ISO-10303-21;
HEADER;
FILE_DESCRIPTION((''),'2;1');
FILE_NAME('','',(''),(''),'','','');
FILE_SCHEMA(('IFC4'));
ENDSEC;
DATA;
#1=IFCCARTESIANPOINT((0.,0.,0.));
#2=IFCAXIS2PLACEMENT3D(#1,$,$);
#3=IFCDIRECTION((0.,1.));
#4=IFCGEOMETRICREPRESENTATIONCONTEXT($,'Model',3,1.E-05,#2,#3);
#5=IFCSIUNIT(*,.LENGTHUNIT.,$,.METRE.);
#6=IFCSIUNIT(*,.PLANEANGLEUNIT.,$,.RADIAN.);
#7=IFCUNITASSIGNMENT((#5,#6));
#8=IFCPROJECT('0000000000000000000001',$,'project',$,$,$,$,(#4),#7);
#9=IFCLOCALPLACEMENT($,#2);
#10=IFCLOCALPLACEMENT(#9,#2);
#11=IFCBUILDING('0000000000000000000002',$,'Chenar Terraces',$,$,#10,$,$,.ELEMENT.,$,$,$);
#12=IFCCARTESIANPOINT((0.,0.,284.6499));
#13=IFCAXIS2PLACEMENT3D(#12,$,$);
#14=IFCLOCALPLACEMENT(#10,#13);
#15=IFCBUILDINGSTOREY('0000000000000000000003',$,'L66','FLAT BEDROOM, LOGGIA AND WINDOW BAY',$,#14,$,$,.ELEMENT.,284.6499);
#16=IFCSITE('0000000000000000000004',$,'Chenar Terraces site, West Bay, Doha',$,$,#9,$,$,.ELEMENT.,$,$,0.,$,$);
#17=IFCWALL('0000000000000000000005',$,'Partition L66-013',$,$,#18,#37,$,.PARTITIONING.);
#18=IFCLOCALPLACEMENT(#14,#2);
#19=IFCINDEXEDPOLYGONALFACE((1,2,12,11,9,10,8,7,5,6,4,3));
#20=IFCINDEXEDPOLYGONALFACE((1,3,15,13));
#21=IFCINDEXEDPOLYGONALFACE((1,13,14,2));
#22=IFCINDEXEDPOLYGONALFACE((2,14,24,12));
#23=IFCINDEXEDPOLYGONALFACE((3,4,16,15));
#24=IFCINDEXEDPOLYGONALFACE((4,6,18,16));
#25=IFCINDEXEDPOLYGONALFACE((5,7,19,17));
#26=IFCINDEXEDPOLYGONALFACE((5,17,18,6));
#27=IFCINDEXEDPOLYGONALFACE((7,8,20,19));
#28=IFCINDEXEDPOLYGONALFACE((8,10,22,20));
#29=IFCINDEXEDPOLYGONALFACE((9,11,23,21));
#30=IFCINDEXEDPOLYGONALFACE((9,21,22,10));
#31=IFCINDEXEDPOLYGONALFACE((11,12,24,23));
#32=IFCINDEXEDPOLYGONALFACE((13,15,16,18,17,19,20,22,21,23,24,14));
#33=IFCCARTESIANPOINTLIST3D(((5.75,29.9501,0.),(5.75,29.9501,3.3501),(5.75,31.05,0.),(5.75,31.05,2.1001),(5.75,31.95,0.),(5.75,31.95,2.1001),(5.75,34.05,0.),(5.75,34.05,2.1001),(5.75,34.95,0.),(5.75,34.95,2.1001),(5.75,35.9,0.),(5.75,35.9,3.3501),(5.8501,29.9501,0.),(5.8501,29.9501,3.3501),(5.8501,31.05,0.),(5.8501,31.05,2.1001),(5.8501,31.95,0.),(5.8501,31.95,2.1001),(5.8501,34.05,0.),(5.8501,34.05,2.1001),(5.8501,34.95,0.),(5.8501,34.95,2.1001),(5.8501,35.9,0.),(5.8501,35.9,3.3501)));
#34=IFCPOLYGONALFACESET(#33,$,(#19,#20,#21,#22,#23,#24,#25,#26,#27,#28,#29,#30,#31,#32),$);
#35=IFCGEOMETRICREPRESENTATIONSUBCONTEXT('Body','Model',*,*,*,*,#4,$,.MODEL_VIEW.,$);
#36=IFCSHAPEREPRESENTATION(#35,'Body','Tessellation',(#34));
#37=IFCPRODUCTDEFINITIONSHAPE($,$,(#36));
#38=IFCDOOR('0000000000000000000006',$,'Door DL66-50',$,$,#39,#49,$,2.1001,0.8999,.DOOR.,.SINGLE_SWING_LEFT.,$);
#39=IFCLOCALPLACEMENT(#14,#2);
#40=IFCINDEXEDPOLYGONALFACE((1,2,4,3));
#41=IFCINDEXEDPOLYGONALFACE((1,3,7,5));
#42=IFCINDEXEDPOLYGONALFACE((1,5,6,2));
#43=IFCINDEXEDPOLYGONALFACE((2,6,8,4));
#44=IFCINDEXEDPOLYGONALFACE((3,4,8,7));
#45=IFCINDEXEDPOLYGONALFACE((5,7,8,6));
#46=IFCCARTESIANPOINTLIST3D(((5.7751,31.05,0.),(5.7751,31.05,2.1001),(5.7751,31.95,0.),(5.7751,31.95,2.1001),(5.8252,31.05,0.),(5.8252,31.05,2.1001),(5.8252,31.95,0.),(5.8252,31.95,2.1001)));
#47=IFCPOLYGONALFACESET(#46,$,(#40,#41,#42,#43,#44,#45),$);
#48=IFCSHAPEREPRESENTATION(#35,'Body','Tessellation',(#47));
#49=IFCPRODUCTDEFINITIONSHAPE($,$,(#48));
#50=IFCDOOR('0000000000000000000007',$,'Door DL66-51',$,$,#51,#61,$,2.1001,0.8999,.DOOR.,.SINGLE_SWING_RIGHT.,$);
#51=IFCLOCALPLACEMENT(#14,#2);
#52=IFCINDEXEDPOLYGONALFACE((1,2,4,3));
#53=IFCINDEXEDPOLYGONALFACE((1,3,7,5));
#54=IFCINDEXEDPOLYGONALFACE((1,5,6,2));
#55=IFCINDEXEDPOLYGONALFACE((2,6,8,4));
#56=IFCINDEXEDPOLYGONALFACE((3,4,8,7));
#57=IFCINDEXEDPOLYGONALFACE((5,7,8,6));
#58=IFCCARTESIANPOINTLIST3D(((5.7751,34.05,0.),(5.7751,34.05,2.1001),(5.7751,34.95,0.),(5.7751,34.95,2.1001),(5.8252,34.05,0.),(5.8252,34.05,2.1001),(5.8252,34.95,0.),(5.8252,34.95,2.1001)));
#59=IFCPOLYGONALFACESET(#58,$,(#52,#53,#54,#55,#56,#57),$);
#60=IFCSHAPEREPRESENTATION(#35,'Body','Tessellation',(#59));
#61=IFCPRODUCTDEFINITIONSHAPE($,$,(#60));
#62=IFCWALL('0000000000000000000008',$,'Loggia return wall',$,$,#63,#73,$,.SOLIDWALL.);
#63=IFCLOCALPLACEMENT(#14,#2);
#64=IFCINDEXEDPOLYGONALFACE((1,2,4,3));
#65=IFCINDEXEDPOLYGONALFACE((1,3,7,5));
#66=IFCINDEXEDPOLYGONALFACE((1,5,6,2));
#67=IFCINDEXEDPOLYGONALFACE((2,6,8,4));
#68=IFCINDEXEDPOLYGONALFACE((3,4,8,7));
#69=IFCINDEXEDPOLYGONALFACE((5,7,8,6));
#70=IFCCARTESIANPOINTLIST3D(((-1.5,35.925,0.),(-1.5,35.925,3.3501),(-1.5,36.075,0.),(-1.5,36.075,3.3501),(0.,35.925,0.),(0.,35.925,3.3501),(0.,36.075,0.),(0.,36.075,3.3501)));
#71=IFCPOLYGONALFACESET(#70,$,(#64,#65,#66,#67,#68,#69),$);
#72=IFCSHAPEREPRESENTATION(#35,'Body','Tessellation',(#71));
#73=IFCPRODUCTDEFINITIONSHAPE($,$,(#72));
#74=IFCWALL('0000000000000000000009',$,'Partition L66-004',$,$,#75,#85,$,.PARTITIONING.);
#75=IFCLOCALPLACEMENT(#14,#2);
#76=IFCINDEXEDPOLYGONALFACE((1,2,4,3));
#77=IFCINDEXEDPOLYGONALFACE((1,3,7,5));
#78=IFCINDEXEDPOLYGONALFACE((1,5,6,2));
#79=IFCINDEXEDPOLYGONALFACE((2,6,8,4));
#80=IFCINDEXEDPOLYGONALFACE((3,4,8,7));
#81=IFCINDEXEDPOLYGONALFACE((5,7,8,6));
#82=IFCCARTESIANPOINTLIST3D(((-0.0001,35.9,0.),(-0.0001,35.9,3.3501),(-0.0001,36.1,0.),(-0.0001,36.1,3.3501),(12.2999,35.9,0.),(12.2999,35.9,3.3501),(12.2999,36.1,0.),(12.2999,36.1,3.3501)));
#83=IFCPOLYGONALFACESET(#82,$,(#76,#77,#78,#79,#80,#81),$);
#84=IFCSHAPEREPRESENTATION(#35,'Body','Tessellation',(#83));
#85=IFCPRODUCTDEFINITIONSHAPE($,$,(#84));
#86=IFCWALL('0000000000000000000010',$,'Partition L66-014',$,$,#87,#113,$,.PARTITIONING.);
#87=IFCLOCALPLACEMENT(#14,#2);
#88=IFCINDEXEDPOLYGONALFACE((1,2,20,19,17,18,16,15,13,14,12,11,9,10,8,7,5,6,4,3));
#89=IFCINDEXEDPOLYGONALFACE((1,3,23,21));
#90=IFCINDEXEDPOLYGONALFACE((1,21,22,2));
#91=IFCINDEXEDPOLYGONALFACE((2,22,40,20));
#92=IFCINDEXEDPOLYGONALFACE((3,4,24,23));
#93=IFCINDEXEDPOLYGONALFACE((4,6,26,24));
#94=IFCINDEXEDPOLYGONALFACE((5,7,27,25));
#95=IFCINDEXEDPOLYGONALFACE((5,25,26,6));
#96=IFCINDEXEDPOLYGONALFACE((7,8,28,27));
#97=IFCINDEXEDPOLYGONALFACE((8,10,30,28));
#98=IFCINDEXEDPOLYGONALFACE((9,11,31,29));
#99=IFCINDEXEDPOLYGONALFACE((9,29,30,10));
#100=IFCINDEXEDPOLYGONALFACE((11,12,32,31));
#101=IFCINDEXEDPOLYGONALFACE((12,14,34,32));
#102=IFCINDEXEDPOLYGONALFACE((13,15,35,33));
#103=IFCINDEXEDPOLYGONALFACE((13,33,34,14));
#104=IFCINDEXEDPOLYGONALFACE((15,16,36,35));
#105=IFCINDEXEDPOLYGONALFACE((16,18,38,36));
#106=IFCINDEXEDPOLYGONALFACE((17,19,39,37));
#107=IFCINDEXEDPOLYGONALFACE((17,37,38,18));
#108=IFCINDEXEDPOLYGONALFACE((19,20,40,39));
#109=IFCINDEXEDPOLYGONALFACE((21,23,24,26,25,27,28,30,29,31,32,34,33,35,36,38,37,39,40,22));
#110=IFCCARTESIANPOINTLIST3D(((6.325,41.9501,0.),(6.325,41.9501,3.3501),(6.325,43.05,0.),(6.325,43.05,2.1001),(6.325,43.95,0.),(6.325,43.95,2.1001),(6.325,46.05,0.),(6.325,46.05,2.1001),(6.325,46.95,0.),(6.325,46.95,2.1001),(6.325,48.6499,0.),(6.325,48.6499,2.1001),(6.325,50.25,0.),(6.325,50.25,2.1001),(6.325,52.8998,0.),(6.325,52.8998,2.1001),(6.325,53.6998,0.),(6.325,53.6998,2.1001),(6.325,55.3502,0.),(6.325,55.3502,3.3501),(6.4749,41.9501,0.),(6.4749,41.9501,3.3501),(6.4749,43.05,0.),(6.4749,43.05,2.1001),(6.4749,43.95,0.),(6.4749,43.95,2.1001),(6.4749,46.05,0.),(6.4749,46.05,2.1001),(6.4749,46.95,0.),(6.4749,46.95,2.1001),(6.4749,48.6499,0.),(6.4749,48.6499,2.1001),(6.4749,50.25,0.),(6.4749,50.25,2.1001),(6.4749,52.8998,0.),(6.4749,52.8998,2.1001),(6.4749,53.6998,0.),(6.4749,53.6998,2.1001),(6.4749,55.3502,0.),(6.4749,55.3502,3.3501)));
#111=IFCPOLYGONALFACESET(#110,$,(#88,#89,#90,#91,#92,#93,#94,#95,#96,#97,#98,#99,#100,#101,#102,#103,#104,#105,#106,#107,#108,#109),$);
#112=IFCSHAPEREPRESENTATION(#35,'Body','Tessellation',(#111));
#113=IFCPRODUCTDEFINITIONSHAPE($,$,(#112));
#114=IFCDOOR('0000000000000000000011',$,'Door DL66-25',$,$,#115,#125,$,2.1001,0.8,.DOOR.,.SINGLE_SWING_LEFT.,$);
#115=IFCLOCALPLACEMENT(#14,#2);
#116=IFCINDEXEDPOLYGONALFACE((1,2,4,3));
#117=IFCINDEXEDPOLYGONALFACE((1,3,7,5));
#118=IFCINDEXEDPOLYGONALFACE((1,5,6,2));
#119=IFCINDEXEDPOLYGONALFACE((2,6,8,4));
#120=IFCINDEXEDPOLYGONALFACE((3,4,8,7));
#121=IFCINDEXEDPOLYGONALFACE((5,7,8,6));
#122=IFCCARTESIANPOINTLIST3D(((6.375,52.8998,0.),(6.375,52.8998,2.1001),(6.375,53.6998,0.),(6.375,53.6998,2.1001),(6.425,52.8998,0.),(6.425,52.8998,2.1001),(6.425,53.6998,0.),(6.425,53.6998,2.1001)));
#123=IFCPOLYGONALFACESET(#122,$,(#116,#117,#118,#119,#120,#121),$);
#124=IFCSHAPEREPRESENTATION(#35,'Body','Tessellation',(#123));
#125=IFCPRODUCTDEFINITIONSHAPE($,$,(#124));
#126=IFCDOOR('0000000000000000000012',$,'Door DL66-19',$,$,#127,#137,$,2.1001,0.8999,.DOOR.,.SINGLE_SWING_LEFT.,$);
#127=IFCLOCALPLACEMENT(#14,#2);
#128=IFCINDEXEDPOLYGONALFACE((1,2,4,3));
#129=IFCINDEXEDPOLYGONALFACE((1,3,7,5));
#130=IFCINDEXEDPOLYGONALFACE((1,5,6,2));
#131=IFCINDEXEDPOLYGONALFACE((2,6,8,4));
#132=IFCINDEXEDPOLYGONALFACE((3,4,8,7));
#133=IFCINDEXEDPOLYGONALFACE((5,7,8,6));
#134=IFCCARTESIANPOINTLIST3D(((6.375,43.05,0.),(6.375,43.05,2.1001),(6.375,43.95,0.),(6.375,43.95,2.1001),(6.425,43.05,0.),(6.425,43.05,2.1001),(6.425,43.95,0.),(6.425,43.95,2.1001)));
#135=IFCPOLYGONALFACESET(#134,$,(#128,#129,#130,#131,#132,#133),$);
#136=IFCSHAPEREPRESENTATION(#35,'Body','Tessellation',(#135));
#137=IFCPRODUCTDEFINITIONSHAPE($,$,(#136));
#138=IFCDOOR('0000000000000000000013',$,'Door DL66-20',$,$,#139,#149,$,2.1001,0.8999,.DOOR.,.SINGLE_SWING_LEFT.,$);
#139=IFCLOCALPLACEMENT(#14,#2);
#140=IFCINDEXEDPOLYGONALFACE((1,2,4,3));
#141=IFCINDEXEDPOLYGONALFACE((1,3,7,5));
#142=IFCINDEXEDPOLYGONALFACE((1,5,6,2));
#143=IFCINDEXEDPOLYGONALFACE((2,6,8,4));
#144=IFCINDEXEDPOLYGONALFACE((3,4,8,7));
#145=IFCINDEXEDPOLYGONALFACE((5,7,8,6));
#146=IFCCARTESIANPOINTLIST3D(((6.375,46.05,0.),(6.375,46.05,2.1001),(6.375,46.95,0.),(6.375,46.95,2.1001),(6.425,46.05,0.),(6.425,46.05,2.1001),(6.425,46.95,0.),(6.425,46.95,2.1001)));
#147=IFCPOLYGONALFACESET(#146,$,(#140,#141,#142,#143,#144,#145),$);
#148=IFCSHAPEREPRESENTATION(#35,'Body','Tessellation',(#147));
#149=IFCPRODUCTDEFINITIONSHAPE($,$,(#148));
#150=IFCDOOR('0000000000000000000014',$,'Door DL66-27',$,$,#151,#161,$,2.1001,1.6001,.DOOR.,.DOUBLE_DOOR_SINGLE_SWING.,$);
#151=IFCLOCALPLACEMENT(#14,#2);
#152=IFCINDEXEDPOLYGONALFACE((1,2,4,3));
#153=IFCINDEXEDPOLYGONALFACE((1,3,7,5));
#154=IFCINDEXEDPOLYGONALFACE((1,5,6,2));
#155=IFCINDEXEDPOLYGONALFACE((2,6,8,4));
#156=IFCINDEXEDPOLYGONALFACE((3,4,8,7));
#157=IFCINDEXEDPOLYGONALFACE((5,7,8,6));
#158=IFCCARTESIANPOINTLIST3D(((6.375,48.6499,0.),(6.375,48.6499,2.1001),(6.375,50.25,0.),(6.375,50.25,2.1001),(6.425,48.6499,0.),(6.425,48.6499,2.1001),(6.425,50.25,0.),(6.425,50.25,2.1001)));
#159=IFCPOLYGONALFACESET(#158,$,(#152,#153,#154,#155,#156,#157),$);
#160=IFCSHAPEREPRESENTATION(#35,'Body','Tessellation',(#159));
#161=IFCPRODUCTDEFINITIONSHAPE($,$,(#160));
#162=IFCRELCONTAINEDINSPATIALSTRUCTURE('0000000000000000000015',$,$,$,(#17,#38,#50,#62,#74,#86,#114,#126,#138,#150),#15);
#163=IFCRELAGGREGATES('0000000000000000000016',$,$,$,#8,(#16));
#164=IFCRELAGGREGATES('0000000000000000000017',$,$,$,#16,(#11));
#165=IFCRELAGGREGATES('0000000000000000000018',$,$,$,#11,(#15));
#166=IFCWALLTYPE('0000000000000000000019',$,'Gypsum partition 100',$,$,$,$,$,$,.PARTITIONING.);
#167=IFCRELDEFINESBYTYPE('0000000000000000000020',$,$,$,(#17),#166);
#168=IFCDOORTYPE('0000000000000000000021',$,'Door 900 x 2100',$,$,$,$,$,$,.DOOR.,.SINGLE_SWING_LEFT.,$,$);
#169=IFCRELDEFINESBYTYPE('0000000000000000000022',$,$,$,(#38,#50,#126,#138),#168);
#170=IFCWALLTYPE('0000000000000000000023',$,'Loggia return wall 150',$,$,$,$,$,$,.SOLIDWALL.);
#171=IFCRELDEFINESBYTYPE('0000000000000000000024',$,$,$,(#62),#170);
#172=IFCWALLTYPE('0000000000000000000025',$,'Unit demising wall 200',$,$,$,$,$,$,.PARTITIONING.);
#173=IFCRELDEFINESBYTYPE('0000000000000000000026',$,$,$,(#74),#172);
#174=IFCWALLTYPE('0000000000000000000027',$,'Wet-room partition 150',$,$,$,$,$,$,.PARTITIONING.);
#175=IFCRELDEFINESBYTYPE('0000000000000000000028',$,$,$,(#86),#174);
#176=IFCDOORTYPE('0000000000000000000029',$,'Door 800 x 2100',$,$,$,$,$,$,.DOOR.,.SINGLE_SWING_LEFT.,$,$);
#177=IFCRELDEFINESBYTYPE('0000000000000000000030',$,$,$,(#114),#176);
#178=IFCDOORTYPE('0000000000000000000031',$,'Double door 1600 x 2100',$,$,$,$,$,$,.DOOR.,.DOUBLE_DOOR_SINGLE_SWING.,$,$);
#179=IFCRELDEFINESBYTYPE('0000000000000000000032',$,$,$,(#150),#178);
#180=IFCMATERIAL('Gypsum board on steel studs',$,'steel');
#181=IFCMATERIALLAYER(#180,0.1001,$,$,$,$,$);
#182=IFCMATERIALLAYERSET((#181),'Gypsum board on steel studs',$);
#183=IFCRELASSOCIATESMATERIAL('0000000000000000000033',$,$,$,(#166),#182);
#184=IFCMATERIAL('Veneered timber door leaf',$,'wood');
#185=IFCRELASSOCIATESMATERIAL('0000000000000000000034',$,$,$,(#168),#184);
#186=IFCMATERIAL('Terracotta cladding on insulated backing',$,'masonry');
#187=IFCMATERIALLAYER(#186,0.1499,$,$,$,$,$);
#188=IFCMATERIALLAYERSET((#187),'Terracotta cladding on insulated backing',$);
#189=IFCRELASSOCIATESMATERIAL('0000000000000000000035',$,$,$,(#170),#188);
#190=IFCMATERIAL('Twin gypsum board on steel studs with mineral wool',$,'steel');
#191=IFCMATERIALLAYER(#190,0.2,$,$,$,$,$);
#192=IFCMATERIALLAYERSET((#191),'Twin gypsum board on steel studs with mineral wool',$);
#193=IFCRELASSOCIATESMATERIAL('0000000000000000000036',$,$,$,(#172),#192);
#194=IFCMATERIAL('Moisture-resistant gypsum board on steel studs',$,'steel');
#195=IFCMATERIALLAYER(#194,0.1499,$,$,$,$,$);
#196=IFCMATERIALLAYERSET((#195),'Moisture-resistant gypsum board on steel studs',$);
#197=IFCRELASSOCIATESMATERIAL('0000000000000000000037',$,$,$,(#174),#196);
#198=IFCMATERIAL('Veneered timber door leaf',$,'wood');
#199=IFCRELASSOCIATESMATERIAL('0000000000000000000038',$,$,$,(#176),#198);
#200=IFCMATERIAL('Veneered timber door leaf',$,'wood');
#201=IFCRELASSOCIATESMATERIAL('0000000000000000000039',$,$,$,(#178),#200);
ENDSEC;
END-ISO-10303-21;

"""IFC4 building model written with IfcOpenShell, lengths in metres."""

from ifc_helpers import new_model, si_unit, direction, frame, frame_2d, origin, place, context, subcontext, project, spatial, rectangle, extrude, material, layer, layer_set, type_object, element, fill, save


model = new_model("IFC4")

# Units and contexts
model_context = context("Model", 3, precision=1e-05, world=origin(), true_north=direction((0.0, 1.0)))
body_context = subcontext(model_context, "Body", "Model", "MODEL_VIEW")
ifc_project = project(units=[si_unit("LENGTHUNIT", "METRE"), si_unit("PLANEANGLEUNIT", "RADIAN")], contexts=[model_context])

# Site, building, storey
site_placement = place(None, origin())
site = spatial("IfcSite", under=ifc_project, at=site_placement, Name="Chenar Terraces site, West Bay, Doha", CompositionType="ELEMENT", RefElevation=0.0)
building_placement = place(site_placement, origin())
building = spatial("IfcBuilding", under=site, at=building_placement, Name="Chenar Terraces", CompositionType="ELEMENT")
storey_placement = place(building_placement, frame((0.0, 0.0, 284.6499)))
storey = spatial("IfcBuildingStorey", under=building, at=storey_placement, Name="L66", Description="FLAT BEDROOM, LOGGIA AND WINDOW BAY", CompositionType="ELEMENT", Elevation=284.6499)

# Shared definitions
placement = place(storey_placement, frame((0.0, 36.0, 0.0), z_axis=(0.0, 0.0, 1.0), x_axis=(1.0, 0.0, 0.0)))

# Shared definitions
ifc_material_1 = material(Name="Gypsum board on steel studs", Category="steel")
ifc_layer_1 = layer(ifc_material_1, 0.1001)
ifc_layer_set_1 = layer_set([ifc_layer_1], Name="Gypsum board on steel studs")
wall_type_1 = type_object("IfcWallType", Name="Gypsum partition 100", PredefinedType="PARTITIONING", material=ifc_layer_set_1)

# Wall, openings, doors
wall_1_placement = place(storey_placement, frame((5.8, 29.95, 0.0), z_axis=(0.0, 0.0, 1.0), x_axis=(0.0, 1.0, 0.0)))
wall_1 = element("IfcWall", 1, at=wall_1_placement, inside=storey, type_object=wall_type_1, Name="Partition L66-013", PredefinedType="PARTITIONING", context=body_context, shape_type="SweptSolid", body=[
    extrude(rectangle(XDim=5.95, YDim=0.1001, at=frame_2d((2.9751, 0.0))), origin(), (0.0, 0.0, 1.0), 3.3501),
])
opening_1_placement = place(wall_1_placement, frame((1.1001, 0.0, 0.0)))
opening_1 = element("IfcOpeningElement", 2, at=opening_1_placement, cuts=wall_1, PredefinedType="OPENING", context=body_context, shape_type="SweptSolid", body=[
    extrude(rectangle(XDim=0.8999, YDim=2.1001, at=frame_2d((0.45, 1.05))), frame((0.0, 0.0601, 0.0), z_axis=(0.0, -1.0, 0.0), x_axis=(1.0, 0.0, 0.0)), (0.0, 0.0, 1.0), 0.1201),
])
opening_2_placement = place(wall_1_placement, frame((4.1001, 0.0, 0.0)))
opening_2 = element("IfcOpeningElement", 3, at=opening_2_placement, cuts=wall_1, PredefinedType="OPENING", context=body_context, shape_type="SweptSolid", body=[
    extrude(rectangle(XDim=0.8999, YDim=2.1001, at=frame_2d((0.45, 1.05))), frame((0.0, 0.0601, 0.0), z_axis=(0.0, -1.0, 0.0), x_axis=(1.0, 0.0, 0.0)), (0.0, 0.0, 1.0), 0.1201),
])
ifc_material_2 = material(Name="Veneered timber door leaf", Category="wood")
door_type_1 = type_object("IfcDoorType", Name="Door 900 x 2100", OperationType="SINGLE_SWING_LEFT", PredefinedType="DOOR", material=ifc_material_2)
door_1_placement = place(opening_1_placement, origin())
door_1 = element("IfcDoor", 4, at=door_1_placement, inside=storey, type_object=door_type_1, Name="Door DL66-50", OperationType="SINGLE_SWING_LEFT", OverallHeight=2.1001, OverallWidth=0.8999, PredefinedType="DOOR", context=body_context, shape_type="SweptSolid", body=[
    extrude(rectangle(XDim=0.8999, YDim=2.1001, at=frame_2d((0.45, 1.05))), frame((0.0, 0.0249, 0.0), z_axis=(0.0, -1.0, 0.0), x_axis=(1.0, 0.0, 0.0)), (0.0, 0.0, 1.0), 0.05),
])
fill(opening_1, door_1)
door_2_placement = place(opening_2_placement, origin())
door_2 = element("IfcDoor", 5, at=door_2_placement, inside=storey, type_object=door_type_1, Name="Door DL66-51", OperationType="SINGLE_SWING_RIGHT", OverallHeight=2.1001, OverallWidth=0.8999, PredefinedType="DOOR", context=body_context, shape_type="SweptSolid", body=[
    extrude(rectangle(XDim=0.8999, YDim=2.1001, at=frame_2d((0.45, 1.05))), frame((0.0, 0.0249, 0.0), z_axis=(0.0, -1.0, 0.0), x_axis=(1.0, 0.0, 0.0)), (0.0, 0.0, 1.0), 0.05),
])
fill(opening_2, door_2)

# Walls
ifc_material_3 = material(Name="Terracotta cladding on insulated backing", Category="masonry")
ifc_layer_2 = layer(ifc_material_3, 0.1499)
ifc_layer_set_2 = layer_set([ifc_layer_2], Name="Terracotta cladding on insulated backing")
wall_type_2 = type_object("IfcWallType", Name="Loggia return wall 150", PredefinedType="SOLIDWALL", material=ifc_layer_set_2)
wall_2_placement = place(storey_placement, frame((-1.5, 36.0, 0.0), z_axis=(0.0, 0.0, 1.0), x_axis=(1.0, 0.0, 0.0)))
element("IfcWall", 6, at=wall_2_placement, inside=storey, type_object=wall_type_2, Name="Loggia return wall", PredefinedType="SOLIDWALL", context=body_context, shape_type="SweptSolid", body=[
    extrude(rectangle(XDim=1.5, YDim=0.1499, at=frame_2d((0.75, 0.0))), origin(), (0.0, 0.0, 1.0), 3.3501),
])
ifc_material_4 = material(Name="Twin gypsum board on steel studs with mineral wool", Category="steel")
ifc_layer_3 = layer(ifc_material_4, 0.2)
ifc_layer_set_3 = layer_set([ifc_layer_3], Name="Twin gypsum board on steel studs with mineral wool")
wall_type_3 = type_object("IfcWallType", Name="Unit demising wall 200", PredefinedType="PARTITIONING", material=ifc_layer_set_3)
element("IfcWall", 7, at=placement, inside=storey, type_object=wall_type_3, Name="Partition L66-004", PredefinedType="PARTITIONING", context=body_context, shape_type="SweptSolid", body=[
    extrude(rectangle(XDim=12.3, YDim=0.2, at=frame_2d((6.1499, 0.0))), origin(), (0.0, 0.0, 1.0), 3.3501),
])

# Wall, openings, doors
ifc_material_5 = material(Name="Moisture-resistant gypsum board on steel studs", Category="steel")
ifc_layer_4 = layer(ifc_material_5, 0.1499)
ifc_layer_set_4 = layer_set([ifc_layer_4], Name="Moisture-resistant gypsum board on steel studs")
wall_type_4 = type_object("IfcWallType", Name="Wet-room partition 150", PredefinedType="PARTITIONING", material=ifc_layer_set_4)
wall_3_placement = place(storey_placement, frame((6.3999, 41.95, 0.0), z_axis=(0.0, 0.0, 1.0), x_axis=(0.0, 1.0, 0.0)))
wall_3 = element("IfcWall", 8, at=wall_3_placement, inside=storey, type_object=wall_type_4, Name="Partition L66-014", PredefinedType="PARTITIONING", context=body_context, shape_type="SweptSolid", body=[
    extrude(rectangle(XDim=13.4001, YDim=0.1499, at=frame_2d((6.7002, 0.0))), origin(), (0.0, 0.0, 1.0), 3.3501),
])
opening_3_placement = place(wall_3_placement, frame((1.1001, 0.0, 0.0)))
opening_3 = element("IfcOpeningElement", 9, at=opening_3_placement, cuts=wall_3, PredefinedType="OPENING", context=body_context, shape_type="SweptSolid", body=[
    extrude(rectangle(XDim=0.8999, YDim=2.1001, at=frame_2d((0.45, 1.05))), frame((0.0, 0.085, 0.0), z_axis=(0.0, -1.0, 0.0), x_axis=(1.0, 0.0, 0.0)), (0.0, 0.0, 1.0), 0.1699),
])
opening_4_placement = place(wall_3_placement, frame((4.1001, 0.0, 0.0)))
opening_4 = element("IfcOpeningElement", 10, at=opening_4_placement, cuts=wall_3, PredefinedType="OPENING", context=body_context, shape_type="SweptSolid", body=[
    extrude(rectangle(XDim=0.8999, YDim=2.1001, at=frame_2d((0.45, 1.05))), frame((0.0, 0.085, 0.0), z_axis=(0.0, -1.0, 0.0), x_axis=(1.0, 0.0, 0.0)), (0.0, 0.0, 1.0), 0.1699),
])
opening_5_placement = place(wall_3_placement, frame((10.95, 0.0, 0.0)))
opening_5 = element("IfcOpeningElement", 11, at=opening_5_placement, cuts=wall_3, PredefinedType="OPENING", context=body_context, shape_type="SweptSolid", body=[
    extrude(rectangle(XDim=0.8, YDim=2.1001, at=frame_2d((0.3999, 1.05))), frame((0.0, 0.085, 0.0), z_axis=(0.0, -1.0, 0.0), x_axis=(1.0, 0.0, 0.0)), (0.0, 0.0, 1.0), 0.1699),
])
opening_6_placement = place(wall_3_placement, frame((6.7, 0.0, 0.0)))
opening_6 = element("IfcOpeningElement", 12, at=opening_6_placement, cuts=wall_3, PredefinedType="OPENING", context=body_context, shape_type="SweptSolid", body=[
    extrude(rectangle(XDim=1.6001, YDim=2.1001, at=frame_2d((0.8, 1.05))), frame((0.0, 0.085, 0.0), z_axis=(0.0, -1.0, 0.0), x_axis=(1.0, 0.0, 0.0)), (0.0, 0.0, 1.0), 0.1699),
])
ifc_material_6 = material(Name="Veneered timber door leaf", Category="wood")
door_type_2 = type_object("IfcDoorType", Name="Door 800 x 2100", OperationType="SINGLE_SWING_LEFT", PredefinedType="DOOR", material=ifc_material_6)
door_3_placement = place(opening_5_placement, origin())
door_3 = element("IfcDoor", 13, at=door_3_placement, inside=storey, type_object=door_type_2, Name="Door DL66-25", OperationType="SINGLE_SWING_LEFT", OverallHeight=2.1001, OverallWidth=0.8, PredefinedType="DOOR", context=body_context, shape_type="SweptSolid", body=[
    extrude(rectangle(XDim=0.8, YDim=2.1001, at=frame_2d((0.3999, 1.05))), frame((0.0, 0.0249, 0.0), z_axis=(0.0, -1.0, 0.0), x_axis=(1.0, 0.0, 0.0)), (0.0, 0.0, 1.0), 0.05),
])
fill(opening_5, door_3)
door_4_placement = place(opening_3_placement, origin())
door_4 = element("IfcDoor", 14, at=door_4_placement, inside=storey, type_object=door_type_1, Name="Door DL66-19", OperationType="SINGLE_SWING_LEFT", OverallHeight=2.1001, OverallWidth=0.8999, PredefinedType="DOOR", context=body_context, shape_type="SweptSolid", body=[
    extrude(rectangle(XDim=0.8999, YDim=2.1001, at=frame_2d((0.45, 1.05))), frame((0.0, 0.0249, 0.0), z_axis=(0.0, -1.0, 0.0), x_axis=(1.0, 0.0, 0.0)), (0.0, 0.0, 1.0), 0.05),
])
fill(opening_3, door_4)
door_5_placement = place(opening_4_placement, origin())
door_5 = element("IfcDoor", 15, at=door_5_placement, inside=storey, type_object=door_type_1, Name="Door DL66-20", OperationType="SINGLE_SWING_LEFT", OverallHeight=2.1001, OverallWidth=0.8999, PredefinedType="DOOR", context=body_context, shape_type="SweptSolid", body=[
    extrude(rectangle(XDim=0.8999, YDim=2.1001, at=frame_2d((0.45, 1.05))), frame((0.0, 0.0249, 0.0), z_axis=(0.0, -1.0, 0.0), x_axis=(1.0, 0.0, 0.0)), (0.0, 0.0, 1.0), 0.05),
])
fill(opening_4, door_5)
ifc_material_7 = material(Name="Veneered timber door leaf", Category="wood")
door_type_3 = type_object("IfcDoorType", Name="Double door 1600 x 2100", OperationType="DOUBLE_DOOR_SINGLE_SWING", PredefinedType="DOOR", material=ifc_material_7)
door_6_placement = place(opening_6_placement, origin())
door_6 = element("IfcDoor", 16, at=door_6_placement, inside=storey, type_object=door_type_3, Name="Door DL66-27", OperationType="DOUBLE_DOOR_SINGLE_SWING", OverallHeight=2.1001, OverallWidth=1.6001, PredefinedType="DOOR", context=body_context, shape_type="SweptSolid", body=[
    extrude(rectangle(XDim=1.6001, YDim=2.1001, at=frame_2d((0.8, 1.05))), frame((0.0, 0.0249, 0.0), z_axis=(0.0, -1.0, 0.0), x_axis=(1.0, 0.0, 0.0)), (0.0, 0.0, 1.0), 0.05),
])
fill(opening_6, door_6)

save(model, "model.ifc")
